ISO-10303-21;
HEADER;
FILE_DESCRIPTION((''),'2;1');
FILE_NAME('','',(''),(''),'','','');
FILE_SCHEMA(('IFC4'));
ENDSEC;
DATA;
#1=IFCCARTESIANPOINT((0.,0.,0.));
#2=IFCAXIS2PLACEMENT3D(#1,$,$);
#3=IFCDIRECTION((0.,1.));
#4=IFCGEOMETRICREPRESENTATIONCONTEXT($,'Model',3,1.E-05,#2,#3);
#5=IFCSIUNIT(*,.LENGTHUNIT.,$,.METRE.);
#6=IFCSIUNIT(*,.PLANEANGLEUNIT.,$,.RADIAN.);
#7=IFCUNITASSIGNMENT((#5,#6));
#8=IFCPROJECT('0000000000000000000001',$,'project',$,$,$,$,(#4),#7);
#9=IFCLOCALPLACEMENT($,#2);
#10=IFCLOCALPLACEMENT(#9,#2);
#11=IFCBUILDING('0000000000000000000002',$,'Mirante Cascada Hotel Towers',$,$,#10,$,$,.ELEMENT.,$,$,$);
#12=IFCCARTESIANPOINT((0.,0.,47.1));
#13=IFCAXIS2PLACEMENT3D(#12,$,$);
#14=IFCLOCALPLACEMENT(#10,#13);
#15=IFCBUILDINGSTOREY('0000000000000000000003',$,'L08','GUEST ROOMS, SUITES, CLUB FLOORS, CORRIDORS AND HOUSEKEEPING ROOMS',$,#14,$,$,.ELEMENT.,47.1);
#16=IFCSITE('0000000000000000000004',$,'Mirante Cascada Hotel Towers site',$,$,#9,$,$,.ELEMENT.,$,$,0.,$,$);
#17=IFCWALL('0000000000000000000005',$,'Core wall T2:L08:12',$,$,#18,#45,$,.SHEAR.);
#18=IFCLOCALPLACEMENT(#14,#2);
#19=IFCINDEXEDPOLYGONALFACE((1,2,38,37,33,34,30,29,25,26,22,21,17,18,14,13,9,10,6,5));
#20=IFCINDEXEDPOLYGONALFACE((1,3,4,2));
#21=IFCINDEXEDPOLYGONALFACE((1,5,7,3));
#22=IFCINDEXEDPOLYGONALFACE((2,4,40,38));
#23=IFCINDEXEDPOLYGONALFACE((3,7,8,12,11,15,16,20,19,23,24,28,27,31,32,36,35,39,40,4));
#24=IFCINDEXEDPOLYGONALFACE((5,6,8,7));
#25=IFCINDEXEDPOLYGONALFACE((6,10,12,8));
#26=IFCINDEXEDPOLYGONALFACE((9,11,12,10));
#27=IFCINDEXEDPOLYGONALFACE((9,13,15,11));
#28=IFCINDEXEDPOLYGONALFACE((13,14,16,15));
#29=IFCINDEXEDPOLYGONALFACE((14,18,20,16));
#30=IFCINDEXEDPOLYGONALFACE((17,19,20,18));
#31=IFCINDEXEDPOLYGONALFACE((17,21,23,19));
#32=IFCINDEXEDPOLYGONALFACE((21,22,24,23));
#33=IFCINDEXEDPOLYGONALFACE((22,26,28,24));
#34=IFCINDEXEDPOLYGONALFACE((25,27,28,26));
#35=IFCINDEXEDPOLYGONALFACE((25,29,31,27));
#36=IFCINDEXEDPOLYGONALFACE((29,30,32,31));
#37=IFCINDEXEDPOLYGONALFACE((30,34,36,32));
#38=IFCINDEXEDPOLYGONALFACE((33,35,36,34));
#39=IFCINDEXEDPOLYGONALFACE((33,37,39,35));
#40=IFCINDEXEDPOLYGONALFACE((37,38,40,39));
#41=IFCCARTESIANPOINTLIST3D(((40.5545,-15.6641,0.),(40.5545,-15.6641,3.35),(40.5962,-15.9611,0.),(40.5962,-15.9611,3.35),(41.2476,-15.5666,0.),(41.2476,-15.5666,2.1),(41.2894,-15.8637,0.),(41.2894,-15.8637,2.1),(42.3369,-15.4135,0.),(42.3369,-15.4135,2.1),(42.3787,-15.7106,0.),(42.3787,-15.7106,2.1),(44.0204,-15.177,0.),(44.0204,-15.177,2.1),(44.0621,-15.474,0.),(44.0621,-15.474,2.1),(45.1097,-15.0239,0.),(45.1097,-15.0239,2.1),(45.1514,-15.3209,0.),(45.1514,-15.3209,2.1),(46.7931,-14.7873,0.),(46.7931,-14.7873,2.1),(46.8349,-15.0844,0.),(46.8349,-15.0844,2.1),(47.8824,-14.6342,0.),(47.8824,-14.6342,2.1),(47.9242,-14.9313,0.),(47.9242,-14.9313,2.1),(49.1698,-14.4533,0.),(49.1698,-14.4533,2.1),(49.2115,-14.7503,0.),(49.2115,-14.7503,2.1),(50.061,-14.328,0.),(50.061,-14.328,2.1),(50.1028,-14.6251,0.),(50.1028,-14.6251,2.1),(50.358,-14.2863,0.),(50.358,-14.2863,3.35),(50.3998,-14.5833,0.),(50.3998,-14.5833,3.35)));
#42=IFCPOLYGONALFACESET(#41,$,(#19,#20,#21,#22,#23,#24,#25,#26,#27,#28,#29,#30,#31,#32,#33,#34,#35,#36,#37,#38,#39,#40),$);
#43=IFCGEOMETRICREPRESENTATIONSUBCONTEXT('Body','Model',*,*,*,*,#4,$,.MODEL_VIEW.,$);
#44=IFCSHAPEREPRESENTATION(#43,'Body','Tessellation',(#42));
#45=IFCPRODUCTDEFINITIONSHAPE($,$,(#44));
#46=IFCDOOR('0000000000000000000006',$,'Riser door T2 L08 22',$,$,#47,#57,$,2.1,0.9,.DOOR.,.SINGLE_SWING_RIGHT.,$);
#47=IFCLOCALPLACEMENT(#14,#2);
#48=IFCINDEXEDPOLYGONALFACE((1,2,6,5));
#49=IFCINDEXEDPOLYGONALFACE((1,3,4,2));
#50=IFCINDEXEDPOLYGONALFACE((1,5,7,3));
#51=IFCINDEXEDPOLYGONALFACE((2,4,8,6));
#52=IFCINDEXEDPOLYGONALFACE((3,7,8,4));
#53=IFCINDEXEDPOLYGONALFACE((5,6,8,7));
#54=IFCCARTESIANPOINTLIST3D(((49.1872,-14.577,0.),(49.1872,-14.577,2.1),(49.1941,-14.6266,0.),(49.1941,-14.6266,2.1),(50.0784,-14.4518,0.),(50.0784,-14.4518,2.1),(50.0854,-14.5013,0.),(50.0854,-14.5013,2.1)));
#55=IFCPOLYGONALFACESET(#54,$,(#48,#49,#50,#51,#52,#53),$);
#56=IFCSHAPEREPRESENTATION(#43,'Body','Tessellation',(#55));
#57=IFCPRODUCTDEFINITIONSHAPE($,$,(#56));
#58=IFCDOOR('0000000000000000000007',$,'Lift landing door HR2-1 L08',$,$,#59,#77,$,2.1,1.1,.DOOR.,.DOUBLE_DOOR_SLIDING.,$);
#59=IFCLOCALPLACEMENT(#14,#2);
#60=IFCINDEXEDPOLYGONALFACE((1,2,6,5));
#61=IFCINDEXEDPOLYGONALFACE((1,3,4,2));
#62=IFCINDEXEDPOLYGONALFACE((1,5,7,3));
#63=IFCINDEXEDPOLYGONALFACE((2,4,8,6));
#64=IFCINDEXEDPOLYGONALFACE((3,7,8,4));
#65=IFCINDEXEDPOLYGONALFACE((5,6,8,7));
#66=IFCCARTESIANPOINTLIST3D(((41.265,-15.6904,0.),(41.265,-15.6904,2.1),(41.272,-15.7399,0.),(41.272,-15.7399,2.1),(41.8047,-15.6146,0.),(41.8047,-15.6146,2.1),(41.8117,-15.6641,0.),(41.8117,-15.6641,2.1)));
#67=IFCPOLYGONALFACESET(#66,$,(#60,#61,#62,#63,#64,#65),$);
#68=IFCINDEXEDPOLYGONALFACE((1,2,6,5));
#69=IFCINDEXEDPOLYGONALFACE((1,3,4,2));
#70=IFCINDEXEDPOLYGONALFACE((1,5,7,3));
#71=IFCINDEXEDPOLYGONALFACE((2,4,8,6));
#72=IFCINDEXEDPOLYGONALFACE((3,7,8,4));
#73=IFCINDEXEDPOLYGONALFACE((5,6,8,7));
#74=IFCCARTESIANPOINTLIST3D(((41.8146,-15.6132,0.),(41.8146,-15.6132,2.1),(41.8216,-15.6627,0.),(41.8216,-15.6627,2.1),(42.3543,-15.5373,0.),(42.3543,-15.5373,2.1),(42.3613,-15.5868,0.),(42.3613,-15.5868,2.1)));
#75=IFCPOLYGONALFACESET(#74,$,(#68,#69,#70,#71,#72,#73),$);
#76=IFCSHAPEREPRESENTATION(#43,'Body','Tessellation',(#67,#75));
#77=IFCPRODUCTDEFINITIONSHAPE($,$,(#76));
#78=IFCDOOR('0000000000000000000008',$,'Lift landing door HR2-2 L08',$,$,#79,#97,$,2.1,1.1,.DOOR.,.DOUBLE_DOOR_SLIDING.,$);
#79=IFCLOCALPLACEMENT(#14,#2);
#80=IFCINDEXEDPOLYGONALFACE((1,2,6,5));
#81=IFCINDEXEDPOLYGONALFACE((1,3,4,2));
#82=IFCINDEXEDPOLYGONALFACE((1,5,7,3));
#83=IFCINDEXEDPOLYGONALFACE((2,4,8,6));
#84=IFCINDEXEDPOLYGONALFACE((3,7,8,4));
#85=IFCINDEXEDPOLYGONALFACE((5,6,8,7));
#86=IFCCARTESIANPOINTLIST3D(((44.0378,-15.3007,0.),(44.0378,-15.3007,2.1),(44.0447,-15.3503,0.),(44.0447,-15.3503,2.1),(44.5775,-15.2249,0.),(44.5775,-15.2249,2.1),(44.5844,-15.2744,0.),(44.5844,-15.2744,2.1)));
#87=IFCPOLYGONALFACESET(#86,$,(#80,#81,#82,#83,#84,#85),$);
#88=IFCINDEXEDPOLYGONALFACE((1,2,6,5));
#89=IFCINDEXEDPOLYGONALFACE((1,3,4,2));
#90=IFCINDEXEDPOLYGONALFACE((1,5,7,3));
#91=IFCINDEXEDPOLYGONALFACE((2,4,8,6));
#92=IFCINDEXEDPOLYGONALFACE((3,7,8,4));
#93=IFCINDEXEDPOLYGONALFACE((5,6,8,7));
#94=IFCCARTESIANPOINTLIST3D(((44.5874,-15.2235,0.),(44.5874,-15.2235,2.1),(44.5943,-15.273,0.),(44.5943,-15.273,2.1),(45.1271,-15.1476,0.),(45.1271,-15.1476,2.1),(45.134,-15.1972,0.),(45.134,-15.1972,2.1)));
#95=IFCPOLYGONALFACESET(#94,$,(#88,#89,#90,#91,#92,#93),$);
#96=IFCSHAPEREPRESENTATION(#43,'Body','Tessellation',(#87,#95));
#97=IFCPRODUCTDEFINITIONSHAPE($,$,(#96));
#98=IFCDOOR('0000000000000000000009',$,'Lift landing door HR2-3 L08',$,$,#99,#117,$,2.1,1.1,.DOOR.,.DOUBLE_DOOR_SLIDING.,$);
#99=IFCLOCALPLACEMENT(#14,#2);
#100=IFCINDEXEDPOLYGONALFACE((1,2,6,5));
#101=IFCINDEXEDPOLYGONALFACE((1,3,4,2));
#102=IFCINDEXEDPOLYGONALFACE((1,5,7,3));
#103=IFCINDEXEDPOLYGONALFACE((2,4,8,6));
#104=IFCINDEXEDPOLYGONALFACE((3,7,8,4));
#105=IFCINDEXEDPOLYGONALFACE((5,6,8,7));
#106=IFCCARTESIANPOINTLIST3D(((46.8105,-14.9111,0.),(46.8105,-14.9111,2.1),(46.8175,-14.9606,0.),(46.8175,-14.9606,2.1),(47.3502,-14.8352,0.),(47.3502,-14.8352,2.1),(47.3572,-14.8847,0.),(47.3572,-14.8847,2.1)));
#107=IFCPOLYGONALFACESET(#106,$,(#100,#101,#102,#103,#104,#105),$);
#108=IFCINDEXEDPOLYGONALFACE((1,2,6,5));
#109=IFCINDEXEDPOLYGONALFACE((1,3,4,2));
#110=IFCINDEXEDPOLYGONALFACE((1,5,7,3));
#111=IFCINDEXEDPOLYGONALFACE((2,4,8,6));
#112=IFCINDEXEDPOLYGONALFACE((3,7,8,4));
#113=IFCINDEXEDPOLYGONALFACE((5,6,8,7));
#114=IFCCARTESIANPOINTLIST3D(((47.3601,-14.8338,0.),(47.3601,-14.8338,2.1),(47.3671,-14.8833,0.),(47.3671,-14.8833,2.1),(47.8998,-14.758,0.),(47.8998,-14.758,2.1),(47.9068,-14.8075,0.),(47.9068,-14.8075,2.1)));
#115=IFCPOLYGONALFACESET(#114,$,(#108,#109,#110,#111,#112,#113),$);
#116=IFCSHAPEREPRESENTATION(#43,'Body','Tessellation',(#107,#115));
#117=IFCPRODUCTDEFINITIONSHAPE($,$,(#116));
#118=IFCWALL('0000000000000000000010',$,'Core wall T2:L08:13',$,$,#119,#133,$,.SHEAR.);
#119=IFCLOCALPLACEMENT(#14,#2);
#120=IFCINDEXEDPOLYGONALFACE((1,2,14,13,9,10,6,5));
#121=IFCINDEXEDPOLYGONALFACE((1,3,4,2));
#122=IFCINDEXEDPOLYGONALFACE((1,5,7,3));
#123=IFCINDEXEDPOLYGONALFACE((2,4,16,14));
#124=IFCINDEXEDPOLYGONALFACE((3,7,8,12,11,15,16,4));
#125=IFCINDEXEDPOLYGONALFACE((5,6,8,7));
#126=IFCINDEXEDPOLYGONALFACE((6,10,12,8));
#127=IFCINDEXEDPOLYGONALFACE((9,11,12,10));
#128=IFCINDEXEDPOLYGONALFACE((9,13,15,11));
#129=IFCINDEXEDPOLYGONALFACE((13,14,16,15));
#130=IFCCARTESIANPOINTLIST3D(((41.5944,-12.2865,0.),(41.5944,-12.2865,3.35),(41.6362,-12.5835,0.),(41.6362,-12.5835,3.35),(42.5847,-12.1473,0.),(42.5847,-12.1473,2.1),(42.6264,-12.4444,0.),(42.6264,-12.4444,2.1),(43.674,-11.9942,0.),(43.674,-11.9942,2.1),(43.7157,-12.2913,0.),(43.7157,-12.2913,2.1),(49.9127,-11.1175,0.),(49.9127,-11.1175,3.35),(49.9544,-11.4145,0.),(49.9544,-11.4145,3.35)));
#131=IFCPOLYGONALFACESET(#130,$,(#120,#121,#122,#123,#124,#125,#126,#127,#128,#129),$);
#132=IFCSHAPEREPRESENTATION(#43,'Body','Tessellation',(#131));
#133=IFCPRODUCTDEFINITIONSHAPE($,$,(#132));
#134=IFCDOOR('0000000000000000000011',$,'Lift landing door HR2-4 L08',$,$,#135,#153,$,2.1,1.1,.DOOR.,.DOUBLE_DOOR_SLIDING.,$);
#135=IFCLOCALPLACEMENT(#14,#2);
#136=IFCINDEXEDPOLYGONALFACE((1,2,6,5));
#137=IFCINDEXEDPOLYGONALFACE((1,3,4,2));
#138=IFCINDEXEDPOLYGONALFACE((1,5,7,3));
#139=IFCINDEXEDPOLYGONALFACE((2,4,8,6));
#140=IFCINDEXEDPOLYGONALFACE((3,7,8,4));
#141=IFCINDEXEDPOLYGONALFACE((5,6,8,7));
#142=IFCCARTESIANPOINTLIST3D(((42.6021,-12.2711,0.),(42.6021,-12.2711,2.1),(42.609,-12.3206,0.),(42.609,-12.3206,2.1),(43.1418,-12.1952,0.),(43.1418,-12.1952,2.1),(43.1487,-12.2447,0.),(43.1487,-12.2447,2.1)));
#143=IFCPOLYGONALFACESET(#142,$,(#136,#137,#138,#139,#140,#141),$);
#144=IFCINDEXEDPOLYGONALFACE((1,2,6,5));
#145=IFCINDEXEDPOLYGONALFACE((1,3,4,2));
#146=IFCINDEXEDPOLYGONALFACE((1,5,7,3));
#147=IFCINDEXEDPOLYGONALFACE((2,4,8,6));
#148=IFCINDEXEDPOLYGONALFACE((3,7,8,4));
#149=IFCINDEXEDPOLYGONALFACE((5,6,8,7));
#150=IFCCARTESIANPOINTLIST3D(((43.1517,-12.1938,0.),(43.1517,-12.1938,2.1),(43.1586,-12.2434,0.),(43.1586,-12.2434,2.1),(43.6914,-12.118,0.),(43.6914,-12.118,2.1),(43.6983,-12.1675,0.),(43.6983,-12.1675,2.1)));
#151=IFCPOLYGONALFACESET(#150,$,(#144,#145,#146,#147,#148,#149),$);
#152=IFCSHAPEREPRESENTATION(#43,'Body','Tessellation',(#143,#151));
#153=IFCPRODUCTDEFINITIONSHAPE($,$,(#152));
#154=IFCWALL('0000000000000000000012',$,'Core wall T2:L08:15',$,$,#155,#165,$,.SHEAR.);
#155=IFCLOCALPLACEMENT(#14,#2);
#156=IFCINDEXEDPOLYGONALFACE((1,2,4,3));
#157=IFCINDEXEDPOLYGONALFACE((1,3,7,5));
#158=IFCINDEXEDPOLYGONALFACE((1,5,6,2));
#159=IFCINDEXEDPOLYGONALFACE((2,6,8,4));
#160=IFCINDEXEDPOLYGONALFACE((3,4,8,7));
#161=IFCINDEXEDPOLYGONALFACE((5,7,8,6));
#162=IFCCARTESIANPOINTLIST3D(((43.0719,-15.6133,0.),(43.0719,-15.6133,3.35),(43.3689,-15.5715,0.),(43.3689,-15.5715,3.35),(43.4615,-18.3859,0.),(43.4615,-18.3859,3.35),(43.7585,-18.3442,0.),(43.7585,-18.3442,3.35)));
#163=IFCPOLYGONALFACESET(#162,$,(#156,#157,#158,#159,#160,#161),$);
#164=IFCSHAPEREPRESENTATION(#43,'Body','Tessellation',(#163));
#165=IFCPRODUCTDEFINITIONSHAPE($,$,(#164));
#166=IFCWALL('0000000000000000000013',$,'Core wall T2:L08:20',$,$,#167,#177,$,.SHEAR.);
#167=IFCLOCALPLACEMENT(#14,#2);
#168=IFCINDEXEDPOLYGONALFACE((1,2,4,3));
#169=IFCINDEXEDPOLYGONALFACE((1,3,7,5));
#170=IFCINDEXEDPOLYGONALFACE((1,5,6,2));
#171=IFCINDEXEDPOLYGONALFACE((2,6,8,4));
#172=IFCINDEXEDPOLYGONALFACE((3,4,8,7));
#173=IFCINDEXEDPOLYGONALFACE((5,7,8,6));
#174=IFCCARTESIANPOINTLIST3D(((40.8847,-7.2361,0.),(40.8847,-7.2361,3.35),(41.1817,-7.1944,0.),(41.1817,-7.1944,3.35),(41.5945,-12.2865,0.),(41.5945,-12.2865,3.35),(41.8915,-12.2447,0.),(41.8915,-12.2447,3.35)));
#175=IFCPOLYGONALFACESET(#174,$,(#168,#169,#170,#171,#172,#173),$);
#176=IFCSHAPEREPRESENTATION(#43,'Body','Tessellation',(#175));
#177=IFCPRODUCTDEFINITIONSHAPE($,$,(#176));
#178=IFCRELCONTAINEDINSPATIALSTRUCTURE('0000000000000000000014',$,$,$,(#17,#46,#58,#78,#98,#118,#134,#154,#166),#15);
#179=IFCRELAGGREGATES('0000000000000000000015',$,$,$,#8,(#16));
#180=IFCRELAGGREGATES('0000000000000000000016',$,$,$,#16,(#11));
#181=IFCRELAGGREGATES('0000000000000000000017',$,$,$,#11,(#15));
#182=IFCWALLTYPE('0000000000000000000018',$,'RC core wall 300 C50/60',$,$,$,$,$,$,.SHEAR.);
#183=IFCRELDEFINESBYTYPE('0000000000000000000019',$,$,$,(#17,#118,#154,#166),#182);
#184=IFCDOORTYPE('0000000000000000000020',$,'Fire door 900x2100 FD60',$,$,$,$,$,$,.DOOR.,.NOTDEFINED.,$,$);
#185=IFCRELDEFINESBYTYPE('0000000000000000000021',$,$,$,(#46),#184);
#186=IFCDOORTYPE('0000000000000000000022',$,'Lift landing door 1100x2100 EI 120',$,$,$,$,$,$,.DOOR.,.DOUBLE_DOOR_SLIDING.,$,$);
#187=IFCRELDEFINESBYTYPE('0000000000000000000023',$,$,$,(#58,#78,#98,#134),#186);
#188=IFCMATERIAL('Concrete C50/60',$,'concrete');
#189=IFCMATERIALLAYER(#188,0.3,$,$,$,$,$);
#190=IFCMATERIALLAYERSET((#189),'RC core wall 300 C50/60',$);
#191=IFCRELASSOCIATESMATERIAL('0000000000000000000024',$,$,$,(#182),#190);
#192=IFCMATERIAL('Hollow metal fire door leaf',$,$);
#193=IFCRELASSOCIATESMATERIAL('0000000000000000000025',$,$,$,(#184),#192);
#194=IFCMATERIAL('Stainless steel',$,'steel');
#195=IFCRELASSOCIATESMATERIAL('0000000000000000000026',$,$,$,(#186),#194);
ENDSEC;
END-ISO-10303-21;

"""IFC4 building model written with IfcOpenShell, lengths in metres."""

from ifc_helpers import new_model, si_unit, direction, frame, frame_2d, origin, place, context, subcontext, project, spatial, rectangle, extrude, material, layer, layer_set, type_object, element, fill, save


model = new_model("IFC4")

# Units and contexts
model_context = context("Model", 3, precision=1e-05, world=origin(), true_north=direction((0.0, 1.0)))
body_context = subcontext(model_context, "Body", "Model", "MODEL_VIEW")
ifc_project = project(units=[si_unit("LENGTHUNIT", "METRE"), si_unit("PLANEANGLEUNIT", "RADIAN")], contexts=[model_context])

# Site, building, storey
site_placement = place(None, origin())
site = spatial("IfcSite", under=ifc_project, at=site_placement, Name="Mirante Cascada Hotel Towers site", CompositionType="ELEMENT", RefElevation=0.0)
building_placement = place(site_placement, origin())
building = spatial("IfcBuilding", under=site, at=building_placement, Name="Mirante Cascada Hotel Towers", CompositionType="ELEMENT")
storey_placement = place(building_placement, frame((0.0, 0.0, 47.1)))
storey = spatial("IfcBuildingStorey", under=building, at=storey_placement, Name="L08", Description="GUEST ROOMS, SUITES, CLUB FLOORS, CORRIDORS AND HOUSEKEEPING ROOMS", CompositionType="ELEMENT", Elevation=47.1)

# Shared definitions
ifc_material_1 = material(Name="Concrete C50/60", Category="concrete")
ifc_layer_1 = layer(ifc_material_1, 0.3)
ifc_layer_set_1 = layer_set([ifc_layer_1], Name="RC core wall 300 C50/60")
wall_type_1 = type_object("IfcWallType", Name="RC core wall 300 C50/60", PredefinedType="SHEAR", material=ifc_layer_set_1)

# Wall, openings, doors
wall_1_placement = place(storey_placement, frame((40.5753, -15.8126, 0.0), z_axis=(0.0, 0.0, 1.0), x_axis=(0.990268, 0.139173, 0.0)))
wall_1 = element("IfcWall", 1, at=wall_1_placement, inside=storey, type_object=wall_type_1, Name="Core wall T2:L08:12", PredefinedType="SHEAR", context=body_context, shape_type="SweptSolid", body=[
    extrude(rectangle(XDim=9.8999, YDim=0.3, at=frame_2d((4.95, 0.0))), origin(), (0.0, 0.0, 1.0), 3.35),
])
opening_1_placement = place(wall_1_placement, frame((0.7, 0.0, 0.0)))
opening_1 = element("IfcOpeningElement", 2, at=opening_1_placement, cuts=wall_1, PredefinedType="OPENING", context=body_context, shape_type="SweptSolid", body=[
    extrude(rectangle(XDim=1.1, YDim=2.1, at=frame_2d((0.55, 1.05))), frame((0.0, 0.15, 0.0), z_axis=(0.0, -1.0, 0.0), x_axis=(1.0, 0.0, 0.0)), (0.0, 0.0, 1.0), 0.3),
])
opening_2_placement = place(wall_1_placement, frame((3.5, 0.0, 0.0)))
opening_2 = element("IfcOpeningElement", 3, at=opening_2_placement, cuts=wall_1, PredefinedType="OPENING", context=body_context, shape_type="SweptSolid", body=[
    extrude(rectangle(XDim=1.1, YDim=2.1, at=frame_2d((0.55, 1.05))), frame((0.0, 0.15, 0.0), z_axis=(0.0, -1.0, 0.0), x_axis=(1.0, 0.0, 0.0)), (0.0, 0.0, 1.0), 0.3),
])
opening_3_placement = place(wall_1_placement, frame((6.3, 0.0, 0.0)))
opening_3 = element("IfcOpeningElement", 4, at=opening_3_placement, cuts=wall_1, PredefinedType="OPENING", context=body_context, shape_type="SweptSolid", body=[
    extrude(rectangle(XDim=1.1, YDim=2.1, at=frame_2d((0.55, 1.05))), frame((0.0, 0.15, 0.0), z_axis=(0.0, -1.0, 0.0), x_axis=(1.0, 0.0, 0.0)), (0.0, 0.0, 1.0), 0.3),
])
opening_4_placement = place(wall_1_placement, frame((8.7, 0.0, 0.0)))
opening_4 = element("IfcOpeningElement", 5, at=opening_4_placement, cuts=wall_1, PredefinedType="OPENING", context=body_context, shape_type="SweptSolid", body=[
    extrude(rectangle(XDim=0.9, YDim=2.1, at=frame_2d((0.45, 1.05))), frame((0.0, 0.15, 0.0), z_axis=(0.0, -1.0, 0.0), x_axis=(1.0, 0.0, 0.0)), (0.0, 0.0, 1.0), 0.3),
])
ifc_material_2 = material(Name="Hollow metal fire door leaf")
door_type_1 = type_object("IfcDoorType", Name="Fire door 900x2100 FD60", OperationType="NOTDEFINED", PredefinedType="DOOR", material=ifc_material_2)
door_1_placement = place(opening_4_placement, frame((0.9, 0.0, 0.0), z_axis=(0.0, 0.0, 1.0), x_axis=(-1.0, 0.0, 0.0)))
door_1 = element("IfcDoor", 6, at=door_1_placement, inside=storey, type_object=door_type_1, Name="Riser door T2 L08 22", OperationType="SINGLE_SWING_RIGHT", OverallHeight=2.1, OverallWidth=0.9, PredefinedType="DOOR", context=body_context, shape_type="SweptSolid", body=[
    extrude(rectangle(XDim=0.9, YDim=2.1, at=frame_2d((0.45, 1.05))), frame((0.0, 0.025, 0.0), z_axis=(0.0, -1.0, 0.0), x_axis=(1.0, 0.0, 0.0)), (0.0, 0.0, 1.0), 0.05),
])
fill(opening_4, door_1)
ifc_material_3 = material(Name="Stainless steel", Category="steel")
door_type_2 = type_object("IfcDoorType", Name="Lift landing door 1100x2100 EI 120", OperationType="DOUBLE_DOOR_SLIDING", PredefinedType="DOOR", material=ifc_material_3)
door_2_placement = place(opening_1_placement, origin())
door_2 = element("IfcDoor", 7, at=door_2_placement, inside=storey, type_object=door_type_2, Name="Lift landing door HR2-1 L08", OperationType="DOUBLE_DOOR_SLIDING", OverallHeight=2.1, OverallWidth=1.1, PredefinedType="DOOR", context=body_context, shape_type="SweptSolid", body=[
    extrude(rectangle(XDim=0.545, YDim=2.1, at=frame_2d((0.2725, 1.05))), frame((0.0, 0.025, 0.0), z_axis=(0.0, -1.0, 0.0), x_axis=(1.0, 0.0, 0.0)), (0.0, 0.0, 1.0), 0.05),
    extrude(rectangle(XDim=0.545, YDim=2.1, at=frame_2d((0.8275, 1.05))), frame((0.0, 0.025, 0.0), z_axis=(0.0, -1.0, 0.0), x_axis=(1.0, 0.0, 0.0)), (0.0, 0.0, 1.0), 0.05),
])
fill(opening_1, door_2)
door_3_placement = place(opening_2_placement, origin())
door_3 = element("IfcDoor", 8, at=door_3_placement, inside=storey, type_object=door_type_2, Name="Lift landing door HR2-2 L08", OperationType="DOUBLE_DOOR_SLIDING", OverallHeight=2.1, OverallWidth=1.1, PredefinedType="DOOR", context=body_context, shape_type="SweptSolid", body=[
    extrude(rectangle(XDim=0.545, YDim=2.1, at=frame_2d((0.2725, 1.05))), frame((0.0, 0.025, 0.0), z_axis=(0.0, -1.0, 0.0), x_axis=(1.0, 0.0, 0.0)), (0.0, 0.0, 1.0), 0.05),
    extrude(rectangle(XDim=0.545, YDim=2.1, at=frame_2d((0.8275, 1.05))), frame((0.0, 0.025, 0.0), z_axis=(0.0, -1.0, 0.0), x_axis=(1.0, 0.0, 0.0)), (0.0, 0.0, 1.0), 0.05),
])
fill(opening_2, door_3)
door_4_placement = place(opening_3_placement, origin())
door_4 = element("IfcDoor", 9, at=door_4_placement, inside=storey, type_object=door_type_2, Name="Lift landing door HR2-3 L08", OperationType="DOUBLE_DOOR_SLIDING", OverallHeight=2.1, OverallWidth=1.1, PredefinedType="DOOR", context=body_context, shape_type="SweptSolid", body=[
    extrude(rectangle(XDim=0.545, YDim=2.1, at=frame_2d((0.2725, 1.05))), frame((0.0, 0.025, 0.0), z_axis=(0.0, -1.0, 0.0), x_axis=(1.0, 0.0, 0.0)), (0.0, 0.0, 1.0), 0.05),
    extrude(rectangle(XDim=0.545, YDim=2.1, at=frame_2d((0.8275, 1.05))), frame((0.0, 0.025, 0.0), z_axis=(0.0, -1.0, 0.0), x_axis=(1.0, 0.0, 0.0)), (0.0, 0.0, 1.0), 0.05),
])
fill(opening_3, door_4)

# Wall, opening, door
wall_2_placement = place(storey_placement, frame((41.6153, -12.435, 0.0), z_axis=(0.0, 0.0, 1.0), x_axis=(0.990269, 0.139166, 0.0)))
wall_2 = element("IfcWall", 10, at=wall_2_placement, inside=storey, type_object=wall_type_1, Name="Core wall T2:L08:13", PredefinedType="SHEAR", context=body_context, shape_type="SweptSolid", body=[
    extrude(rectangle(XDim=8.4, YDim=0.3, at=frame_2d((4.2, 0.0))), origin(), (0.0, 0.0, 1.0), 3.35),
])
opening_5_placement = place(wall_2_placement, frame((1.0, 0.0, 0.0)))
opening_5 = element("IfcOpeningElement", 11, at=opening_5_placement, cuts=wall_2, PredefinedType="OPENING", context=body_context, shape_type="SweptSolid", body=[
    extrude(rectangle(XDim=1.1, YDim=2.1, at=frame_2d((0.55, 1.05))), frame((0.0, 0.15, 0.0), z_axis=(0.0, -1.0, 0.0), x_axis=(1.0, 0.0, 0.0)), (0.0, 0.0, 1.0), 0.3),
])
door_5_placement = place(opening_5_placement, origin())
door_5 = element("IfcDoor", 12, at=door_5_placement, inside=storey, type_object=door_type_2, Name="Lift landing door HR2-4 L08", OperationType="DOUBLE_DOOR_SLIDING", OverallHeight=2.1, OverallWidth=1.1, PredefinedType="DOOR", context=body_context, shape_type="SweptSolid", body=[
    extrude(rectangle(XDim=0.545, YDim=2.1, at=frame_2d((0.2725, 1.05))), frame((0.0, 0.025, 0.0), z_axis=(0.0, -1.0, 0.0), x_axis=(1.0, 0.0, 0.0)), (0.0, 0.0, 1.0), 0.05),
    extrude(rectangle(XDim=0.545, YDim=2.1, at=frame_2d((0.8275, 1.05))), frame((0.0, 0.025, 0.0), z_axis=(0.0, -1.0, 0.0), x_axis=(1.0, 0.0, 0.0)), (0.0, 0.0, 1.0), 0.05),
])
fill(opening_5, door_5)

# Walls
wall_3_placement = place(storey_placement, frame((43.61, -18.3651, 0.0), z_axis=(0.0, 0.0, 1.0), x_axis=(-0.139146, 0.990272, 0.0)))
element("IfcWall", 13, at=wall_3_placement, inside=storey, type_object=wall_type_1, Name="Core wall T2:L08:15", PredefinedType="SHEAR", context=body_context, shape_type="SweptSolid", body=[
    extrude(rectangle(XDim=2.7999, YDim=0.3, at=frame_2d((1.4, 0.0))), origin(), (0.0, 0.0, 1.0), 3.35),
])
wall_4_placement = place(storey_placement, frame((41.743, -12.2656, 0.0), z_axis=(0.0, 0.0, 1.0), x_axis=(-0.139176, 0.990268, 0.0)))
element("IfcWall", 14, at=wall_4_placement, inside=storey, type_object=wall_type_1, Name="Core wall T2:L08:20", PredefinedType="SHEAR", context=body_context, shape_type="SweptSolid", body=[
    extrude(rectangle(XDim=5.1, YDim=0.3, at=frame_2d((2.55, 0.0))), origin(), (0.0, 0.0, 1.0), 3.35),
])

save(model, "model.ifc")
